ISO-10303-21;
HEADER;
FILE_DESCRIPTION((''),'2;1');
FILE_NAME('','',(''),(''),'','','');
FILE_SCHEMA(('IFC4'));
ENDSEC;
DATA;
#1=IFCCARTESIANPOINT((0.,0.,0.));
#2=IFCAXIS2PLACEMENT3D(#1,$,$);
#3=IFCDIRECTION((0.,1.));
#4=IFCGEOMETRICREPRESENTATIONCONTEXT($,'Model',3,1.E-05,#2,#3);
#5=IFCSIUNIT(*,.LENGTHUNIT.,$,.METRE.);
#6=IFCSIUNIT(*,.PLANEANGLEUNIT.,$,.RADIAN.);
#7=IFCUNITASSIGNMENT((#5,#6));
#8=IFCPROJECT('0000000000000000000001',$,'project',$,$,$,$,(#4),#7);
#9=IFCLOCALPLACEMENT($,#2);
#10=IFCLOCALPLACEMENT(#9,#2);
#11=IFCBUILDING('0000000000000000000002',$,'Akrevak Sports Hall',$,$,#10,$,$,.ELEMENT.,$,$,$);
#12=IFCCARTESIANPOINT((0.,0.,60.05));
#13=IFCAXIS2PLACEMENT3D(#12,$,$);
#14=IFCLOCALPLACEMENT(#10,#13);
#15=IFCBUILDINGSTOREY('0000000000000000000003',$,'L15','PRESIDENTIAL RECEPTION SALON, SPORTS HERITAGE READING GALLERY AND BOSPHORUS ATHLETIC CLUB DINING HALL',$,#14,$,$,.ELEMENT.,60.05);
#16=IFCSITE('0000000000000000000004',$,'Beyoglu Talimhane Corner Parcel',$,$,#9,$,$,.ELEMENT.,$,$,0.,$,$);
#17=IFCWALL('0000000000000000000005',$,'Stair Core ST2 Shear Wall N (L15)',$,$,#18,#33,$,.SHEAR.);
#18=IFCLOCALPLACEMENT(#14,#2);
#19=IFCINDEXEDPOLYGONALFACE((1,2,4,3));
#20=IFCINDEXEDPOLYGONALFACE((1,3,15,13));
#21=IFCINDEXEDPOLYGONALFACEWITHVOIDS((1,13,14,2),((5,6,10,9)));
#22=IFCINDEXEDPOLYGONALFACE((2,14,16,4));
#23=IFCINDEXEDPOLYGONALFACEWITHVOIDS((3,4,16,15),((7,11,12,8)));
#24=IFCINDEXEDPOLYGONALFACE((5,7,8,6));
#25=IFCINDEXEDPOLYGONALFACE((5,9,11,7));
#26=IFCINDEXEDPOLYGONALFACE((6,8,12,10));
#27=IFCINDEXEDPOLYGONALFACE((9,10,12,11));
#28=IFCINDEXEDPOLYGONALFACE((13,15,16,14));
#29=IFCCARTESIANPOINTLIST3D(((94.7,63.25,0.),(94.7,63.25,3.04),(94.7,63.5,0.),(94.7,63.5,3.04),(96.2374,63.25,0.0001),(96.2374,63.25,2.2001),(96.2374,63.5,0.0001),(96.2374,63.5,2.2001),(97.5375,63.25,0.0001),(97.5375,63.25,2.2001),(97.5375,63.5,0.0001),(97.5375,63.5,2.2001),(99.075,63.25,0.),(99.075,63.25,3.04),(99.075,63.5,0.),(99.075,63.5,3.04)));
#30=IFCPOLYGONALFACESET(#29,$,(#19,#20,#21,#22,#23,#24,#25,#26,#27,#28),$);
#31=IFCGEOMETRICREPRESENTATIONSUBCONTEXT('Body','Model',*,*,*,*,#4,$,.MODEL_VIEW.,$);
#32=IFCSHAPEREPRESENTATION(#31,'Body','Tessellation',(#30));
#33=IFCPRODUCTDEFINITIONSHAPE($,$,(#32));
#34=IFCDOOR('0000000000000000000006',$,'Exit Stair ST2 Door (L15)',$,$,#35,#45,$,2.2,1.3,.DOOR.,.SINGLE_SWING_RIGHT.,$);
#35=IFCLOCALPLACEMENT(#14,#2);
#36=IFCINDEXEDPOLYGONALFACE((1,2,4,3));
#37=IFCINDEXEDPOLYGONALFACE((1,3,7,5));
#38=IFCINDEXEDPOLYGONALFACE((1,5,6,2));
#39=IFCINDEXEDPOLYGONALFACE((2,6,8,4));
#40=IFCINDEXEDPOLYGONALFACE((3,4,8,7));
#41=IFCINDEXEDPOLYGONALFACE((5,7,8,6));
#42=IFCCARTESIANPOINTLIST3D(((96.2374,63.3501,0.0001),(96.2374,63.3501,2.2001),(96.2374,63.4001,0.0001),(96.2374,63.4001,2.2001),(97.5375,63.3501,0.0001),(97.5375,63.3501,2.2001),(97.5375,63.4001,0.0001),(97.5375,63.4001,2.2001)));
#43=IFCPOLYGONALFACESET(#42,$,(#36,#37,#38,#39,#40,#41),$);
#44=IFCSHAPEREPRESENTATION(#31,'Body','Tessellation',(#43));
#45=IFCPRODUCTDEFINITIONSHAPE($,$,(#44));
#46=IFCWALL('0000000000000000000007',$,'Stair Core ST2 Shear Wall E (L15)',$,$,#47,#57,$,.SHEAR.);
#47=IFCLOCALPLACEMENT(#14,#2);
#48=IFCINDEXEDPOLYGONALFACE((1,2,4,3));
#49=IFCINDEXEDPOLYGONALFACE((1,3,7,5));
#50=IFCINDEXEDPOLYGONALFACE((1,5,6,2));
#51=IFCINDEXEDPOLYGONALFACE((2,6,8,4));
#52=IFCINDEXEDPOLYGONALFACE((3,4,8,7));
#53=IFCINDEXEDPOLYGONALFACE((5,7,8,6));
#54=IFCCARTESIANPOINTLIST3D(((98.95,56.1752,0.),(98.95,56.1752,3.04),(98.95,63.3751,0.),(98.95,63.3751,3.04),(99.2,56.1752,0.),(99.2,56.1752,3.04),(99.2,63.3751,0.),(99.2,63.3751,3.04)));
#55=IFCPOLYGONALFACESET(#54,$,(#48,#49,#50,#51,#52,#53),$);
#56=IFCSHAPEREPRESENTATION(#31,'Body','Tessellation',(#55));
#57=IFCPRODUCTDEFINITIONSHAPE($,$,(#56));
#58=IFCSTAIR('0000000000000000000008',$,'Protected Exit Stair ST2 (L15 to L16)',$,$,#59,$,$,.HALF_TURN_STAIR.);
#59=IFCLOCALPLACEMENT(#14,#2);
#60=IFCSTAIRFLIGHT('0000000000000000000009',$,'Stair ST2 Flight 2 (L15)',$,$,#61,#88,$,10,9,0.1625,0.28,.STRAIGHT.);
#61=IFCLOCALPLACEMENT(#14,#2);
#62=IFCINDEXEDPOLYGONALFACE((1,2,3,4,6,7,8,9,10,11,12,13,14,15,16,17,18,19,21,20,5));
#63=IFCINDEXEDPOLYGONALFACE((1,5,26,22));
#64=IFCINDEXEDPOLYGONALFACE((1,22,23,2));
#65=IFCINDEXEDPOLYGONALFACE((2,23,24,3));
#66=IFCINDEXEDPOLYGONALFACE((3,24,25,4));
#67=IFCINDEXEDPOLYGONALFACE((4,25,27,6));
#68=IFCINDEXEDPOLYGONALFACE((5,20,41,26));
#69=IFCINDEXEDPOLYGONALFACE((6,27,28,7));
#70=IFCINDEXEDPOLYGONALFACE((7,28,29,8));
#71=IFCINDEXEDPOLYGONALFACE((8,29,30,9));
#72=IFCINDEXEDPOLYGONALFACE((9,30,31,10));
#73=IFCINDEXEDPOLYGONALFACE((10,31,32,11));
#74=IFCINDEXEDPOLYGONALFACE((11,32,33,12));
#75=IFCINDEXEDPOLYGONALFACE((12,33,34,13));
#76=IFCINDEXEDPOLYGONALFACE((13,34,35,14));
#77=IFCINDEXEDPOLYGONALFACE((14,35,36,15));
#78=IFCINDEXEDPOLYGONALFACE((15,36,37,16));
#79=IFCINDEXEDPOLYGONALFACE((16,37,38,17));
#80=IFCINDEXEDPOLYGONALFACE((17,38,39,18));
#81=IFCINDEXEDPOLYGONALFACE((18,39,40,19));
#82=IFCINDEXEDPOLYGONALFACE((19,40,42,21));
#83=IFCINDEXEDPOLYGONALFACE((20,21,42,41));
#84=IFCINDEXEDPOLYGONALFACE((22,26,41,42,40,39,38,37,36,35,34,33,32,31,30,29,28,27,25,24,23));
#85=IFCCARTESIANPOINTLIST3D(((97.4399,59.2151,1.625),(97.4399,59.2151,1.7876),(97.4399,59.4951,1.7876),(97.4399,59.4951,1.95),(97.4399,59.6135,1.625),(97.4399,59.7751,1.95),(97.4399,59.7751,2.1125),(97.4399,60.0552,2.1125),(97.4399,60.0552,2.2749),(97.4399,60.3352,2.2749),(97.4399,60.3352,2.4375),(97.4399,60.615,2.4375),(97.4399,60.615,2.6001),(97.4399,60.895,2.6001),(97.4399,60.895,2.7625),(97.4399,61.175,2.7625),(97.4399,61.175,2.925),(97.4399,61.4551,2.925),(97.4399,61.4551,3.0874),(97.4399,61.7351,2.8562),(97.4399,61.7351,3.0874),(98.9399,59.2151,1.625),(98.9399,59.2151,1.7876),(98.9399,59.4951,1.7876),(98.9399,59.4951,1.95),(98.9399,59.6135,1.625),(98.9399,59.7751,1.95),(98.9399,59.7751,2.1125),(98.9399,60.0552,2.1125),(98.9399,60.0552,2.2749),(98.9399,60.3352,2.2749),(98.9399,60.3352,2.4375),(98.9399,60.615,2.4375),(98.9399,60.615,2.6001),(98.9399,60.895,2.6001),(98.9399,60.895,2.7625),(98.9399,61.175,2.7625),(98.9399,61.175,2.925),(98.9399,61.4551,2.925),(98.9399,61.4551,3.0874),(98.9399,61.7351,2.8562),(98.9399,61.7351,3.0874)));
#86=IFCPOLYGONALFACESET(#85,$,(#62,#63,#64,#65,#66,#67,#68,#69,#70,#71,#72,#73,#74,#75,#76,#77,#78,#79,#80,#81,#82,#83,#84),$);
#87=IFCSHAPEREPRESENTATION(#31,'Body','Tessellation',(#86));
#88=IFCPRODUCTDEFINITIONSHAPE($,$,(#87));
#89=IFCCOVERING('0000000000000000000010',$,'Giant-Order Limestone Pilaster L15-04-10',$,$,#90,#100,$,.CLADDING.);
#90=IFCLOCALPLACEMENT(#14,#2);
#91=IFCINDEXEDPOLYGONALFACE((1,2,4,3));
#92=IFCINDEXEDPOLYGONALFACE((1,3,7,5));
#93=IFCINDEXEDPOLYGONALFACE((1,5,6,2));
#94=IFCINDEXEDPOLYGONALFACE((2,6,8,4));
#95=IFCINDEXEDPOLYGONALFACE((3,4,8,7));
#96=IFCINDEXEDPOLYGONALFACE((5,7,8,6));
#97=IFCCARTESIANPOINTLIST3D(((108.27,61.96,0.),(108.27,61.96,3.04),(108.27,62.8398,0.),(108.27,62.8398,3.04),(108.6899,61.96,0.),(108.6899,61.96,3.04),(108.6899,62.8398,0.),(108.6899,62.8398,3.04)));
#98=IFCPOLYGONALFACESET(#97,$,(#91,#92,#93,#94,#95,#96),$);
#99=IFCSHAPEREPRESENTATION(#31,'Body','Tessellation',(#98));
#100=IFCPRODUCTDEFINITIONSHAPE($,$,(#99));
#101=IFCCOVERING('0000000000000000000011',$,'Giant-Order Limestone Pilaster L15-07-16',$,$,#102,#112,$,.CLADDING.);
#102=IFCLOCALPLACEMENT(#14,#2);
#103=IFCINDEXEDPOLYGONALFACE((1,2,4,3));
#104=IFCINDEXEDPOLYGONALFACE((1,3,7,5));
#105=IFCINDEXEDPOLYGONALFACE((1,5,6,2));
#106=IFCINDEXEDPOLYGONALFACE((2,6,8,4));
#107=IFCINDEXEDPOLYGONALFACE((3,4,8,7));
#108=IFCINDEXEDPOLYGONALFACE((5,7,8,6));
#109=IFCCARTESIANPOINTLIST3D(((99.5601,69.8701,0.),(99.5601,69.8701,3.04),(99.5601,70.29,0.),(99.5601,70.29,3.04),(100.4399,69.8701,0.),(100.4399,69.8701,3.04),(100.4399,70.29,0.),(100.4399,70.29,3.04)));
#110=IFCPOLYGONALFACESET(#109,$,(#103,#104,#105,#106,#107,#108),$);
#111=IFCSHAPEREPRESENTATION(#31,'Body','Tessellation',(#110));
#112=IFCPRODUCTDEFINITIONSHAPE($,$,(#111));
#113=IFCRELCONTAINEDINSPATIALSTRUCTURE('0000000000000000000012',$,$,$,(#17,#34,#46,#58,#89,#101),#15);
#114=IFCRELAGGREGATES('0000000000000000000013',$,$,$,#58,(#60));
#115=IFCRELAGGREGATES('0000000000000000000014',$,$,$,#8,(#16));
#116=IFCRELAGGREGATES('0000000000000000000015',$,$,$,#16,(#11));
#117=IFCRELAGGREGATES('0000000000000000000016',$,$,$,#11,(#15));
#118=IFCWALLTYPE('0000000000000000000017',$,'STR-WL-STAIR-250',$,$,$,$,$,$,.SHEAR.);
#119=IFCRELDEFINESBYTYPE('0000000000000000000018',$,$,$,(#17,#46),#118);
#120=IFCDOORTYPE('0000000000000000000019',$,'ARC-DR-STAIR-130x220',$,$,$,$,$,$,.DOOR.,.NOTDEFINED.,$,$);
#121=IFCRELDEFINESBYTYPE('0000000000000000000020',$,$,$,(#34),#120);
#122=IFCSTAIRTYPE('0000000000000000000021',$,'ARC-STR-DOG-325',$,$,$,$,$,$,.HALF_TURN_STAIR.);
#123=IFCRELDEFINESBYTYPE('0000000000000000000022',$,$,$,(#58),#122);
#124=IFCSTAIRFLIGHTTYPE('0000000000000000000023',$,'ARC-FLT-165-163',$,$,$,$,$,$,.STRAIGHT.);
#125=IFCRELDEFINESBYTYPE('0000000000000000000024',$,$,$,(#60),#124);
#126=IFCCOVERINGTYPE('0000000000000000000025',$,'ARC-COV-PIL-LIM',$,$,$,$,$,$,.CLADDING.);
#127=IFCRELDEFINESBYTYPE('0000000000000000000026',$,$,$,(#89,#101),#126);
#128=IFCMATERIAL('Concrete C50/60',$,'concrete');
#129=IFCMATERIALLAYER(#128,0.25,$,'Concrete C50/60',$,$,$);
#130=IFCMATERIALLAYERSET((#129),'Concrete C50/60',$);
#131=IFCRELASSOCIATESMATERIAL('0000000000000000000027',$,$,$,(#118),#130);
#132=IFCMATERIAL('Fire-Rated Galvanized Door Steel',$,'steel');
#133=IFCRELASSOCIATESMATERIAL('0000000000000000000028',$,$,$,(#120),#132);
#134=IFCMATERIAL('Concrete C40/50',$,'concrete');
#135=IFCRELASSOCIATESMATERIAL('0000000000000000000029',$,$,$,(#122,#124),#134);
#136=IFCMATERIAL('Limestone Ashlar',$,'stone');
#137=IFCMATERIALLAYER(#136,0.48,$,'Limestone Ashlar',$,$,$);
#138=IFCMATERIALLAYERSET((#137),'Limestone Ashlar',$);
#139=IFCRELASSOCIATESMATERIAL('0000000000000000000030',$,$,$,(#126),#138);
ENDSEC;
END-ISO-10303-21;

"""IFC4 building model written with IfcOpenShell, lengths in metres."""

from ifc_helpers import new_model, si_unit, direction, frame, frame_2d, origin, origin_2d, place, context, subcontext, project, spatial, polyline, rectangle, outline, extrude, material, layer, layer_set, type_object, element, fill, aggregate, save


model = new_model("IFC4")

# Units and contexts
model_context = context("Model", 3, precision=1e-05, world=origin(), true_north=direction((0.0, 1.0)))
body_context = subcontext(model_context, "Body", "Model", "MODEL_VIEW")
ifc_project = project(units=[si_unit("LENGTHUNIT", "METRE"), si_unit("PLANEANGLEUNIT", "RADIAN")], contexts=[model_context])

# Site, building, storey
site_placement = place(None, origin())
site = spatial("IfcSite", under=ifc_project, at=site_placement, Name="Beyoglu Talimhane Corner Parcel", CompositionType="ELEMENT", RefElevation=0.0)
building_placement = place(site_placement, origin())
building = spatial("IfcBuilding", under=site, at=building_placement, Name="Akrevak Sports Hall", CompositionType="ELEMENT")
storey_placement = place(building_placement, frame((0.0, 0.0, 60.05)))
storey = spatial("IfcBuildingStorey", under=building, at=storey_placement, Name="L15", Description="PRESIDENTIAL RECEPTION SALON, SPORTS HERITAGE READING GALLERY AND BOSPHORUS ATHLETIC CLUB DINING HALL", CompositionType="ELEMENT", Elevation=60.05)

# Shared definitions
ifc_material_1 = material(Name="Concrete C40/50", Category="concrete")

# Shared definitions
ifc_material_2 = material(Name="Limestone Ashlar", Category="stone")

# Shared definitions
ifc_material_3 = material(Name="Concrete C50/60", Category="concrete")

# Wall, opening, door
ifc_layer_1 = layer(ifc_material_3, 0.25, Name="Concrete C50/60")
ifc_layer_set_1 = layer_set([ifc_layer_1], Name="Concrete C50/60")
wall_type_1 = type_object("IfcWallType", Name="STR-WL-STAIR-250", PredefinedType="SHEAR", material=ifc_layer_set_1)
wall_1_placement = place(storey_placement, frame((99.075, 63.375, 0.0), z_axis=(0.0, 0.0, 1.0), x_axis=(-1.0, 0.0, 0.0)))
wall_1 = element("IfcWall", 1, at=wall_1_placement, inside=storey, type_object=wall_type_1, Name="Stair Core ST2 Shear Wall N (L15)", PredefinedType="SHEAR", context=body_context, shape_type="SweptSolid", body=[
    extrude(rectangle(XDim=4.375, YDim=0.25, at=frame_2d((2.1875, 0.0))), origin(), (0.0, 0.0, 1.0), 3.04),
])
opening_1_placement = place(wall_1_placement, frame((1.5376, 0.0, 0.0)))
opening_1 = element("IfcOpeningElement", 2, at=opening_1_placement, cuts=wall_1, PredefinedType="OPENING", context=body_context, shape_type="SweptSolid", body=[
    extrude(rectangle(XDim=1.3, YDim=2.2, at=frame_2d((0.6499, 1.1001))), frame((0.0, 0.137, 0.0), z_axis=(0.0, -1.0, 0.0), x_axis=(1.0, 0.0, 0.0)), (0.0, 0.0, 1.0), 0.2739),
])
ifc_material_4 = material(Name="Fire-Rated Galvanized Door Steel", Category="steel")
door_type = type_object("IfcDoorType", Name="ARC-DR-STAIR-130x220", OperationType="NOTDEFINED", PredefinedType="DOOR", material=ifc_material_4)
door_placement = place(opening_1_placement, origin())
door = element("IfcDoor", 3, at=door_placement, inside=storey, type_object=door_type, Name="Exit Stair ST2 Door (L15)", OperationType="SINGLE_SWING_RIGHT", OverallHeight=2.2, OverallWidth=1.3, PredefinedType="DOOR", context=body_context, shape_type="SweptSolid", body=[
    extrude(rectangle(XDim=1.3, YDim=2.2, at=frame_2d((0.6499, 1.1001))), frame((0.0, 0.0249, 0.0), z_axis=(0.0, -1.0, 0.0), x_axis=(1.0, 0.0, 0.0)), (0.0, 0.0, 1.0), 0.05),
])
fill(opening_1, door)

# Wall
wall_2_placement = place(storey_placement, frame((99.075, 56.175, 0.0), z_axis=(0.0, 0.0, 1.0), x_axis=(0.0, 1.0, 0.0)))
element("IfcWall", 4, at=wall_2_placement, inside=storey, type_object=wall_type_1, Name="Stair Core ST2 Shear Wall E (L15)", PredefinedType="SHEAR", context=body_context, shape_type="SweptSolid", body=[
    extrude(rectangle(XDim=7.2, YDim=0.25, at=frame_2d((3.6001, 0.0))), origin(), (0.0, 0.0, 1.0), 3.04),
])

# Stair, stair flight
stair_type = type_object("IfcStairType", Name="ARC-STR-DOG-325", PredefinedType="HALF_TURN_STAIR", material=ifc_material_1)
stair_placement = place(storey_placement, origin())
stair = element("IfcStair", 5, at=stair_placement, inside=storey, type_object=stair_type, Name="Protected Exit Stair ST2 (L15 to L16)", PredefinedType="HALF_TURN_STAIR")
stair_flight_type = type_object("IfcStairFlightType", Name="ARC-FLT-165-163", PredefinedType="STRAIGHT", material=ifc_material_1)
stair_flight_placement = place(storey_placement, frame((98.1899, 59.2151, 1.625), z_axis=(0.0, 0.0, 1.0), x_axis=(0.0, 1.0, 0.0)))
stair_flight = element("IfcStairFlight", 6, at=stair_flight_placement, type_object=stair_flight_type, Name="Stair ST2 Flight 2 (L15)", NumberOfRisers=10, NumberOfTreads=9, PredefinedType="STRAIGHT", RiserHeight=0.1625, TreadLength=0.28, context=body_context, shape_type="SweptSolid", body=[
    extrude(outline(polyline([(0.0, 0.0), (0.0, 0.1626), (0.28, 0.1626), (0.28, 0.325), (0.5601, 0.325), (0.5601, 0.4875), (0.8401, 0.4875), (0.8401, 0.6499), (1.1201, 0.6499), (1.1201, 0.8125), (1.3999, 0.8125), (1.3999, 0.9751), (1.6799, 0.9751), (1.6799, 1.1375), (1.96, 1.1375), (1.96, 1.3), (2.24, 1.3), (2.24, 1.4624), (2.52, 1.4624), (2.52, 1.625), (2.52, 1.2312), (0.3984, 0.0), (0.0, 0.0)])), frame((0.0, 0.75, 0.0), z_axis=(0.0, -1.0, 0.0), x_axis=(1.0, 0.0, 0.0)), (0.0, 0.0, 1.0), 1.5),
])
aggregate(stair, [stair_flight])

# Coverings
ifc_layer_2 = layer(ifc_material_2, 0.48, Name="Limestone Ashlar")
ifc_layer_set_2 = layer_set([ifc_layer_2], Name="Limestone Ashlar")
covering_type = type_object("IfcCoveringType", Name="ARC-COV-PIL-LIM", PredefinedType="CLADDING", material=ifc_layer_set_2)
for number, where, z_axis, x_axis, name in (
    (7, (108.48, 62.3999, 0.0), (0.0, 0.0, 1.0), (0.0, 1.0, 0.0), "Giant-Order Limestone Pilaster L15-04-10"),
    (8, (100.0, 70.0801, 0.0), (0.0, 0.0, 1.0), (-1.0, 0.0, 0.0), "Giant-Order Limestone Pilaster L15-07-16"),
):
    element("IfcCovering", number, at=place(storey_placement, frame(where, z_axis=z_axis, x_axis=x_axis)), inside=storey, type_object=covering_type, Name=name, PredefinedType="CLADDING", context=body_context, shape_type="SweptSolid", body=[
        extrude(rectangle(XDim=0.8799, YDim=0.4199, at=origin_2d()), origin(), (0.0, 0.0, 1.0), 3.04),
    ])

save(model, "model.ifc")
